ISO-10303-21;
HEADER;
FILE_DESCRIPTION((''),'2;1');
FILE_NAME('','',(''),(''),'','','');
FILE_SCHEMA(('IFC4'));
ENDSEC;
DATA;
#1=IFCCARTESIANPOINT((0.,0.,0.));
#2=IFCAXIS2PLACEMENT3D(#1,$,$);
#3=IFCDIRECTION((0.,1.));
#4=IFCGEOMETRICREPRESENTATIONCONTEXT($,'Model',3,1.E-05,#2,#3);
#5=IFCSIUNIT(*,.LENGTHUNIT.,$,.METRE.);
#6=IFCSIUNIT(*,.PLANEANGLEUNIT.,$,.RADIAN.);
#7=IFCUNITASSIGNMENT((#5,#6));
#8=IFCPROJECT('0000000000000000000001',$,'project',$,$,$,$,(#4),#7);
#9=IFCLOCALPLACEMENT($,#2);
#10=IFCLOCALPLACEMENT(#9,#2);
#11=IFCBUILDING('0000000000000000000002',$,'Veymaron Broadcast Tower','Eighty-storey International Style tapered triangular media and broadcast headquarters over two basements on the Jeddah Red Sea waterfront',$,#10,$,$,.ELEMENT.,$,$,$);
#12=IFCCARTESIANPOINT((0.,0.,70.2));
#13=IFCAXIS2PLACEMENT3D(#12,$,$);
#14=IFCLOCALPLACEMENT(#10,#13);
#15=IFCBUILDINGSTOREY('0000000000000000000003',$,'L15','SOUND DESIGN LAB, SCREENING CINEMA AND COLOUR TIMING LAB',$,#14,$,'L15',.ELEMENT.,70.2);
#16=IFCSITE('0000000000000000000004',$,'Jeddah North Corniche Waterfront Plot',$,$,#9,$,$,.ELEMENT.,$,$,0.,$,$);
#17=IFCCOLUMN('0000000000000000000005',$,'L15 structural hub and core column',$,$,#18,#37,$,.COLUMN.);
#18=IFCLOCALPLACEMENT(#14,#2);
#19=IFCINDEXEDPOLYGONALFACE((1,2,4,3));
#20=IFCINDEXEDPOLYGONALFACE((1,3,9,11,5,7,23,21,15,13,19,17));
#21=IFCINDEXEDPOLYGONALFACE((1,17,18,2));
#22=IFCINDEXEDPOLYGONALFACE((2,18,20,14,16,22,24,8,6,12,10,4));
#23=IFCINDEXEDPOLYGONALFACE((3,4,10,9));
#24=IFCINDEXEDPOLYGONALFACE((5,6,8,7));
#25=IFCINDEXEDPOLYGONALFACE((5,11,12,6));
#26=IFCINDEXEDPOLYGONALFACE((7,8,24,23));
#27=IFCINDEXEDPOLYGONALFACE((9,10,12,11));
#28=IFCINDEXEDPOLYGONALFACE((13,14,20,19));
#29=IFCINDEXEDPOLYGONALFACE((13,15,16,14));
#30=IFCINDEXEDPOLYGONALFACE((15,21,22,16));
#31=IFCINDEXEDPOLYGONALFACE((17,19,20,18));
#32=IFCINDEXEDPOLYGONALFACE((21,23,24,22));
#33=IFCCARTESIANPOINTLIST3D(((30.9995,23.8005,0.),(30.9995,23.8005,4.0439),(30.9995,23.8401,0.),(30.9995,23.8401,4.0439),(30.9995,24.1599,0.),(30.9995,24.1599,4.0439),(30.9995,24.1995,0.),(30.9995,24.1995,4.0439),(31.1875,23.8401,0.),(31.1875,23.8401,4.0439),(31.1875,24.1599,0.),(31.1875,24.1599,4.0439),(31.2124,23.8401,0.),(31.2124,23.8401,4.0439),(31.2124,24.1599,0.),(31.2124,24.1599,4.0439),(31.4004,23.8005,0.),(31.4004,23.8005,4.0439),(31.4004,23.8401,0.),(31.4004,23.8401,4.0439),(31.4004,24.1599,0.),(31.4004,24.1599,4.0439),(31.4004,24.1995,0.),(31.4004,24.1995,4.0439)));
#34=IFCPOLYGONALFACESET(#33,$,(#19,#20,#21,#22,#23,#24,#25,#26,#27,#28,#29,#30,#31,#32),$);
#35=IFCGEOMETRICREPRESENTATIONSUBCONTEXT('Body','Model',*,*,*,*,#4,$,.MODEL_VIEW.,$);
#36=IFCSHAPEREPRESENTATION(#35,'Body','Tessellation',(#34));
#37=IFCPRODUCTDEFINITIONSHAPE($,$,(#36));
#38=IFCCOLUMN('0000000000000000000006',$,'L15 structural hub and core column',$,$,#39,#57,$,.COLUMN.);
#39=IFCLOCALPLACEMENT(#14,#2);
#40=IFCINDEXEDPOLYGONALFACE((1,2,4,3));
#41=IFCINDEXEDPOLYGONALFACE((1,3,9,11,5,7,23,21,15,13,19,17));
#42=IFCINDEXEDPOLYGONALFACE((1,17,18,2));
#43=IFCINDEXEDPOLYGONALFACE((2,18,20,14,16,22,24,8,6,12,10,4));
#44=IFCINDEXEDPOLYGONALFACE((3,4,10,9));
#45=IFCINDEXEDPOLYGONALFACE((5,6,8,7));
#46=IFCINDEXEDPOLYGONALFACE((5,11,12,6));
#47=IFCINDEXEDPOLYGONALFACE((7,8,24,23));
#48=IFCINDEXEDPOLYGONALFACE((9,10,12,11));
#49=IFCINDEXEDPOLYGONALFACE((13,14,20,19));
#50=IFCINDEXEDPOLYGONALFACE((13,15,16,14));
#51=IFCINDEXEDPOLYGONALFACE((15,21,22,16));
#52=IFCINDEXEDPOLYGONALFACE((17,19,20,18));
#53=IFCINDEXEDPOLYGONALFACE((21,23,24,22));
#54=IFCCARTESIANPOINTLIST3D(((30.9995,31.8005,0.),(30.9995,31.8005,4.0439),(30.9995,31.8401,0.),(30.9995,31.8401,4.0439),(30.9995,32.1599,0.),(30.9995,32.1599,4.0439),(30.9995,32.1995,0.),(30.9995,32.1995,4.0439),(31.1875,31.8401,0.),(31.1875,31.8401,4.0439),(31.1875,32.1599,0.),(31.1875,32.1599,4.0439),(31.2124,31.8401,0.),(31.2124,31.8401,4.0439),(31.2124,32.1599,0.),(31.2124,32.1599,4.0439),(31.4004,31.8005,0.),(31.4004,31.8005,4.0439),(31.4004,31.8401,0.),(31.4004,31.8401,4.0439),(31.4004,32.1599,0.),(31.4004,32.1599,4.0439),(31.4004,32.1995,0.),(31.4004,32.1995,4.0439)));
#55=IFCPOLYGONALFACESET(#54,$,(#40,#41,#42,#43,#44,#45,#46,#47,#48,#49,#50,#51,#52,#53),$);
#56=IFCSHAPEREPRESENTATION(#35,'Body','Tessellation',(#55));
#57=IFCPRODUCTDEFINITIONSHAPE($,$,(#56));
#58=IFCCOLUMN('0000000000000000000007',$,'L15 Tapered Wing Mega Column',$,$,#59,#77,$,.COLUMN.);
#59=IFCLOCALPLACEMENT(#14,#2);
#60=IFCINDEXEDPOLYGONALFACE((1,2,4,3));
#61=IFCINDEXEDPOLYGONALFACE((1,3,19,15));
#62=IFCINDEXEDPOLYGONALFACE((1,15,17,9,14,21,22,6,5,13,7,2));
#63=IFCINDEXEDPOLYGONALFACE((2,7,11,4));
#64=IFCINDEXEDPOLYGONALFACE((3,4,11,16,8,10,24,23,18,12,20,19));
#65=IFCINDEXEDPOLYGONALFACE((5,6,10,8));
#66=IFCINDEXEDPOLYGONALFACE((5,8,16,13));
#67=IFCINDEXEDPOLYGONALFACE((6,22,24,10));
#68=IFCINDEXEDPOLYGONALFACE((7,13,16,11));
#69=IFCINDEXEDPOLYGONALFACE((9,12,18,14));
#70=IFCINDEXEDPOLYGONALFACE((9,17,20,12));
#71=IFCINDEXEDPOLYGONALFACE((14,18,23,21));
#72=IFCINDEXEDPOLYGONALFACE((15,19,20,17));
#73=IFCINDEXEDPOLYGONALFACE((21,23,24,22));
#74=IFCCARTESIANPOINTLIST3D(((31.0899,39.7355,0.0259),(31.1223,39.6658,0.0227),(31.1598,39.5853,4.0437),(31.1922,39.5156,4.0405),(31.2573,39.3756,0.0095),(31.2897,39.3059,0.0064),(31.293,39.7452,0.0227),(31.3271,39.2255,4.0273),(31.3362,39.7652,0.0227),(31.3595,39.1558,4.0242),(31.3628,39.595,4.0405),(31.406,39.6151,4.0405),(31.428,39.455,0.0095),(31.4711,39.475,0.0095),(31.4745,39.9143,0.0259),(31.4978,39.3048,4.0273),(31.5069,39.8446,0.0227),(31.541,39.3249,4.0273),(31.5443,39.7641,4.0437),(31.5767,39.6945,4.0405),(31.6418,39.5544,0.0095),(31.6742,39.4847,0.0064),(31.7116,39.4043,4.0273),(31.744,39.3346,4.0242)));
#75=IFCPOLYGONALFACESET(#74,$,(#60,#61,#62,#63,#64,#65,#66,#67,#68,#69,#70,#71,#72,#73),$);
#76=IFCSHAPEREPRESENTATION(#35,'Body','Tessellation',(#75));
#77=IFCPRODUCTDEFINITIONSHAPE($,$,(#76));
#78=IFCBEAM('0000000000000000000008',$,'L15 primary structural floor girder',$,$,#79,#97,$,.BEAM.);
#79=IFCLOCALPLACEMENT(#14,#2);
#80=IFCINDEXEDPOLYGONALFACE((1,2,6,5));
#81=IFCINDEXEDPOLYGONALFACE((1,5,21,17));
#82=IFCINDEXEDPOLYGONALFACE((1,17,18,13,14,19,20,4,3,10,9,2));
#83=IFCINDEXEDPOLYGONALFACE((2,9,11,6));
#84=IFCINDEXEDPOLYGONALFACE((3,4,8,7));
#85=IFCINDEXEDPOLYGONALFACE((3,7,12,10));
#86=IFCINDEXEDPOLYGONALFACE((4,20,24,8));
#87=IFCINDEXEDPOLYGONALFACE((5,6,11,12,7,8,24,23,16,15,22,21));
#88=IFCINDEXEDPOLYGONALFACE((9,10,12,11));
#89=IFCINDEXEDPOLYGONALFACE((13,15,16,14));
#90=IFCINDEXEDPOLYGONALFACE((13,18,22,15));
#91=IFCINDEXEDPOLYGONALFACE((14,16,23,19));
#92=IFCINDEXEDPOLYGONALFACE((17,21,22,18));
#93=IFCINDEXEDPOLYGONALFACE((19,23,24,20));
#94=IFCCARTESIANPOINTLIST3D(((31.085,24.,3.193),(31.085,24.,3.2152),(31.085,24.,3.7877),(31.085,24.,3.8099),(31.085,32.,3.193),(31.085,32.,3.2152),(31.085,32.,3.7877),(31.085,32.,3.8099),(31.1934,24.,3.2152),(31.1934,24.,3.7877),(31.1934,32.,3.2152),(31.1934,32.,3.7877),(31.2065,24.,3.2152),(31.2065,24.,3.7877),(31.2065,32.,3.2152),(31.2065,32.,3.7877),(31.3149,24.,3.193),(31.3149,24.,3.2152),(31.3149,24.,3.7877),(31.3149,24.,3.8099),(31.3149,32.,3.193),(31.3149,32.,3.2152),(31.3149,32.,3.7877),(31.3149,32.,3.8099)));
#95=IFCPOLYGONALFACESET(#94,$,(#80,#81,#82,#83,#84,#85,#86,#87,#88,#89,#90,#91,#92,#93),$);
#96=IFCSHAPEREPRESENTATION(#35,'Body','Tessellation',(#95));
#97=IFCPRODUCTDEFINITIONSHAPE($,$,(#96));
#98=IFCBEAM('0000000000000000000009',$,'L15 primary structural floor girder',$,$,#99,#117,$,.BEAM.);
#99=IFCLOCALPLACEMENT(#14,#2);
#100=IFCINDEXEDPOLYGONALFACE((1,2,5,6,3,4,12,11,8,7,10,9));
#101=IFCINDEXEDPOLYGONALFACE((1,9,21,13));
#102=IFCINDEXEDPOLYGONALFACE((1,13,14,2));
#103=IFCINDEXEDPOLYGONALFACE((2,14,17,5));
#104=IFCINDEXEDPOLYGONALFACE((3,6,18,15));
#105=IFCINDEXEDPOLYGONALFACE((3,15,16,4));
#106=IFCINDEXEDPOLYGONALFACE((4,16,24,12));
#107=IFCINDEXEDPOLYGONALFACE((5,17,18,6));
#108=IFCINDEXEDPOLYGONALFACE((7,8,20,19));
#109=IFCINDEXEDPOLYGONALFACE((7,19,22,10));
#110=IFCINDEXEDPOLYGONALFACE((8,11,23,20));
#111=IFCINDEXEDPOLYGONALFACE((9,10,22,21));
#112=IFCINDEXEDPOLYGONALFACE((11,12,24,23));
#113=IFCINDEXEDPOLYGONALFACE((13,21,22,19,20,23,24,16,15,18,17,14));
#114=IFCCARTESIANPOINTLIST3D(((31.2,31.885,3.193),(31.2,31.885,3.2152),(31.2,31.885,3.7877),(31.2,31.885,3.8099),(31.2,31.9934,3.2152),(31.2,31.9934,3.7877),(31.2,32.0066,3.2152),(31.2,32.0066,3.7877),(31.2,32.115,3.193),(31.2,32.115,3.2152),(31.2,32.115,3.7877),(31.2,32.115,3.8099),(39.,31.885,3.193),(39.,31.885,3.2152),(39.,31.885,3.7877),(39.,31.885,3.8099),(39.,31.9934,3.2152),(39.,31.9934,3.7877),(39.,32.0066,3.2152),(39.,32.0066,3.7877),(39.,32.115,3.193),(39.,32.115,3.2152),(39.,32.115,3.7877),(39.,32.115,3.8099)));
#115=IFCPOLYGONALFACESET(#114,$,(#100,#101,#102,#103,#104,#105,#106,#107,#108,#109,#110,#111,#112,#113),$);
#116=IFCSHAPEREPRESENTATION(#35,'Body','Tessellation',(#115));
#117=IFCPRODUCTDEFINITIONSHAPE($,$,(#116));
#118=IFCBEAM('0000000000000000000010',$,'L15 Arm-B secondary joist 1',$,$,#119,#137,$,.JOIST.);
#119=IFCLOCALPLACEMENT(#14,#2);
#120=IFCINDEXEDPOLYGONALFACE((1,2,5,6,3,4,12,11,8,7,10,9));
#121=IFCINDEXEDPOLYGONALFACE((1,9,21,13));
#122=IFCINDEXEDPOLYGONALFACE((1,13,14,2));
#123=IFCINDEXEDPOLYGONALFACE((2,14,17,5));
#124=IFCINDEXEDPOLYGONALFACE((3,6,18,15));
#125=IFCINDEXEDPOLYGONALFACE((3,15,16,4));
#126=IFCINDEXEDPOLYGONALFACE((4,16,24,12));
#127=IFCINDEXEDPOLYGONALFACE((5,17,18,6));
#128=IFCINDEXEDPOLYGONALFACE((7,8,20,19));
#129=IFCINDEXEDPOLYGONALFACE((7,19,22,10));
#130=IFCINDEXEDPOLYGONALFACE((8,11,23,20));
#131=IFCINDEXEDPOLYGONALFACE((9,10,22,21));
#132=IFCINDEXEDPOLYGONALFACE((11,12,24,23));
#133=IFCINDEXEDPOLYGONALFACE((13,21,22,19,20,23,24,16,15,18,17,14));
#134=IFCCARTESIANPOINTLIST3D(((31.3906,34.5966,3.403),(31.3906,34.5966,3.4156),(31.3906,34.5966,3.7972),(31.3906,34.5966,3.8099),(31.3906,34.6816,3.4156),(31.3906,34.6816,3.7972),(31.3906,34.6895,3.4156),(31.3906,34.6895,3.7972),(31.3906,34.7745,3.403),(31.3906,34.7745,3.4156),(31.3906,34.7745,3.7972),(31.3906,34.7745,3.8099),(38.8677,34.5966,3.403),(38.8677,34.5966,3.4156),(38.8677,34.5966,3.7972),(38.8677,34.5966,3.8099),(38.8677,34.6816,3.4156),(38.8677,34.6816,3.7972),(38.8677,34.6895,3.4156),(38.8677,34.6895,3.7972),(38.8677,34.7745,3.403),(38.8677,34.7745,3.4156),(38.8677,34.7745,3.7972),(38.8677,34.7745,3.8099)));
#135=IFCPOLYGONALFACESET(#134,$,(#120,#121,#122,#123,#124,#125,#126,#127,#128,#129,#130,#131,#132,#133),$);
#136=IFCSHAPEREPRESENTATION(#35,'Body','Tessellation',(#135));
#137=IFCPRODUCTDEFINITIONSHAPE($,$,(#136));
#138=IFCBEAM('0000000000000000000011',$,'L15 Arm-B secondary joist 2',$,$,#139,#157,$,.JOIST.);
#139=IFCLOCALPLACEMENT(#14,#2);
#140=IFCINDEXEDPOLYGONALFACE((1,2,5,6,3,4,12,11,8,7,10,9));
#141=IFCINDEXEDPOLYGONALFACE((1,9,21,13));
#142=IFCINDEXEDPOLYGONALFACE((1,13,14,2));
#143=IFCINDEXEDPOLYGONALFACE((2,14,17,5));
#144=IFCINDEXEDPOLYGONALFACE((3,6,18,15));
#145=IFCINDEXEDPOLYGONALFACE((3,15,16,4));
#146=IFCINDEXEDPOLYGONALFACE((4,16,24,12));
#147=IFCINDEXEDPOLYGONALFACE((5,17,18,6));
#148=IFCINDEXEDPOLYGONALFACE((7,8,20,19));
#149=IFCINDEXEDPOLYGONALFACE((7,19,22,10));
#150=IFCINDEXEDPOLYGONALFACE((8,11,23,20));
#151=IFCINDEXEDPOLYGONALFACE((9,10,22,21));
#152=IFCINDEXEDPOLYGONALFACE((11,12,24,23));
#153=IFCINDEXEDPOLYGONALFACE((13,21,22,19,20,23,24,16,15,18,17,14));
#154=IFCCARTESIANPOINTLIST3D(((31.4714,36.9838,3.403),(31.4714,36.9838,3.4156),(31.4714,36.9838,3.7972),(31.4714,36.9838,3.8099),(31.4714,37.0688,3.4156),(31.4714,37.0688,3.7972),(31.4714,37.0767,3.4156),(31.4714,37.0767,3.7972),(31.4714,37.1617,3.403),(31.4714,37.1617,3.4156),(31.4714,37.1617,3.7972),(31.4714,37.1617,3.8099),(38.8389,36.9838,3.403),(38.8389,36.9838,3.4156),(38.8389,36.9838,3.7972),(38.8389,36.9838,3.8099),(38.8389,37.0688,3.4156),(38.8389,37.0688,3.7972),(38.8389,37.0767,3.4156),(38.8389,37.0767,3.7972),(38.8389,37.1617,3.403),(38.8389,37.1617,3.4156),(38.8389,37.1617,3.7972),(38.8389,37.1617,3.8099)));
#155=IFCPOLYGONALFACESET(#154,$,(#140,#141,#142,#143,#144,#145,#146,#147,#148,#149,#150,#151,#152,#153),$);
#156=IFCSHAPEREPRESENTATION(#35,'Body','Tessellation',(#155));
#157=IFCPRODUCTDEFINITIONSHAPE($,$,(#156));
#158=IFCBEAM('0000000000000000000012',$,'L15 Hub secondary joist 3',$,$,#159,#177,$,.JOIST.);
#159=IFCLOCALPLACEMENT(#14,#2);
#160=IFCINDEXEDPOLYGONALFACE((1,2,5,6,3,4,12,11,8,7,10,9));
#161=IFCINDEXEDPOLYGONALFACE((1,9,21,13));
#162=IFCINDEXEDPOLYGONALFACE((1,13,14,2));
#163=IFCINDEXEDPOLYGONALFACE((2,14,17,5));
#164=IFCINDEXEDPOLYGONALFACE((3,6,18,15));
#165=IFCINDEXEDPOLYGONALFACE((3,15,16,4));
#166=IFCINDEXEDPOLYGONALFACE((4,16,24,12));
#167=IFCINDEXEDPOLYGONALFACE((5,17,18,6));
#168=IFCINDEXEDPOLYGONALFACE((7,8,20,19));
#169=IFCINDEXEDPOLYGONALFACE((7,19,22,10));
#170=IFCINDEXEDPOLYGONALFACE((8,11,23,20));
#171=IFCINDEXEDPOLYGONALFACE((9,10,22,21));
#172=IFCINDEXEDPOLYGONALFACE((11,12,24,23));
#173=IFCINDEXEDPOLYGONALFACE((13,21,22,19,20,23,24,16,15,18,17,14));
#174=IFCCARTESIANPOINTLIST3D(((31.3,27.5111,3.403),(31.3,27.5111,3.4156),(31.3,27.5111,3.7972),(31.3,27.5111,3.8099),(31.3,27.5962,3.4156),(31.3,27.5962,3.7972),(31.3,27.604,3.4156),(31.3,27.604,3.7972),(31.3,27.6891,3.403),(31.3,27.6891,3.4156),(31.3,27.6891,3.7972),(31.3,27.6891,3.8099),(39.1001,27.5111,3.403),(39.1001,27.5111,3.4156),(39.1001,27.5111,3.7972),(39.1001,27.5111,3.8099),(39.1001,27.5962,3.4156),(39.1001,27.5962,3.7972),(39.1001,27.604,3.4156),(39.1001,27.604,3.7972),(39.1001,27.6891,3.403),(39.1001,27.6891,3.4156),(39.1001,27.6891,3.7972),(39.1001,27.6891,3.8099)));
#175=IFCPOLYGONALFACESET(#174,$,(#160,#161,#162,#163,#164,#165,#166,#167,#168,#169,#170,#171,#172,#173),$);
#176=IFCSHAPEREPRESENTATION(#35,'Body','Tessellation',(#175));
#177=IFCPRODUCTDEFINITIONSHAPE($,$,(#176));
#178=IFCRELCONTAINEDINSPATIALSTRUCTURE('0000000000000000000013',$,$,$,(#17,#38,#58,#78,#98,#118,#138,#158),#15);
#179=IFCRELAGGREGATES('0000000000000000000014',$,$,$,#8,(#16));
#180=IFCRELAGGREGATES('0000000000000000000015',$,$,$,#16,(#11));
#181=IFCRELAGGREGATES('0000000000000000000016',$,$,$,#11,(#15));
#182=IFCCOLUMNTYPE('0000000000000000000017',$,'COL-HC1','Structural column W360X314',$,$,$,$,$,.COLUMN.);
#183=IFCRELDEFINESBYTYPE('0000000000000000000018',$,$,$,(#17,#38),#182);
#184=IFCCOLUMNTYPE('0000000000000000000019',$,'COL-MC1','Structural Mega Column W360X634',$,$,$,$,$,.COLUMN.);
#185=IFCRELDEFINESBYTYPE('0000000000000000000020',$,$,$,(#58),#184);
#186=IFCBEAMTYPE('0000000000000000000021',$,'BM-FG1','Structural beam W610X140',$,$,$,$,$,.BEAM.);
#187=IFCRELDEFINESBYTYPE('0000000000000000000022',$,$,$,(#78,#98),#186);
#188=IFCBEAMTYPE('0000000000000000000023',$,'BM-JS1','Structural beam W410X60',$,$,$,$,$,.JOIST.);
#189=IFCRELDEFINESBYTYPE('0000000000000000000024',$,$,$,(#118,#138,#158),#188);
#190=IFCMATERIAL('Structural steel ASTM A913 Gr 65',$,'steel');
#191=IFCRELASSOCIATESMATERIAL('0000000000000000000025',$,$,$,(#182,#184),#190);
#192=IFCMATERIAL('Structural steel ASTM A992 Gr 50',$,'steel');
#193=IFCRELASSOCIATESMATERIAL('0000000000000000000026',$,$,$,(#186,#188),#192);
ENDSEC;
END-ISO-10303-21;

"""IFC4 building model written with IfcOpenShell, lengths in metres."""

from ifc_helpers import new_model, si_unit, direction, frame, origin, origin_2d, place, context, subcontext, project, spatial, i_section, extrude, material, material_profile, profile_set, type_object, element, save


model = new_model("IFC4")

# Units and contexts
model_context = context("Model", 3, precision=1e-05, world=origin(), true_north=direction((0.0, 1.0)))
body_context = subcontext(model_context, "Body", "Model", "MODEL_VIEW")
ifc_project = project(units=[si_unit("LENGTHUNIT", "METRE"), si_unit("PLANEANGLEUNIT", "RADIAN")], contexts=[model_context])

# Site, building, storey
site_placement = place(None, origin())
site = spatial("IfcSite", under=ifc_project, at=site_placement, Name="Jeddah North Corniche Waterfront Plot", CompositionType="ELEMENT", RefElevation=0.0)
building_placement = place(site_placement, origin())
building = spatial("IfcBuilding", under=site, at=building_placement, Name="Veymaron Broadcast Tower", Description="Eighty-storey International Style tapered triangular media and broadcast headquarters over two basements on the Jeddah Red Sea waterfront", CompositionType="ELEMENT")
storey_placement = place(building_placement, frame((0.0, 0.0, 70.2)))
storey = spatial("IfcBuildingStorey", under=building, at=storey_placement, Name="L15", Description="SOUND DESIGN LAB, SCREENING CINEMA AND COLOUR TIMING LAB", LongName="L15", CompositionType="ELEMENT", Elevation=70.2)

# Columns
ifc_material_1 = material(Name="Structural steel ASTM A913 Gr 65", Category="steel")
ifc_material_profile_1 = material_profile(ifc_material_1, i_section(OverallWidth=0.4009, OverallDepth=0.3989, WebThickness=0.0249, FlangeThickness=0.0396, at=origin_2d()), Name="W360X314")
ifc_profile_set_1 = profile_set([ifc_material_profile_1], Name="Structural steel ASTM A913 Gr 65")
column_type_1 = type_object("IfcColumnType", Name="COL-HC1", Description="Structural column W360X314", PredefinedType="COLUMN", material=ifc_profile_set_1)
for number, where, z_axis, x_axis, name in (
    (1, (31.2, 24.0, 0.0), (0.0, 0.0, 1.0), (1.0, 0.0, 0.0), "L15 structural hub and core column"),
    (2, (31.2, 32.0, 0.0), (0.0, 0.0, 1.0), (1.0, 0.0, 0.0), "L15 structural hub and core column"),
):
    element("IfcColumn", number, at=place(storey_placement, frame(where, z_axis=z_axis, x_axis=x_axis)), inside=storey, type_object=column_type_1, Name=name, PredefinedType="COLUMN", context=body_context, shape_type="SweptSolid", body=[
        extrude(i_section(OverallWidth=0.4009, OverallDepth=0.3989, WebThickness=0.0249, FlangeThickness=0.0396, at=origin_2d()), origin(), (0.0, 0.0, 1.0), 4.0439),
    ])
ifc_material_profile_2 = material_profile(ifc_material_1, i_section(OverallWidth=0.4241, OverallDepth=0.4741, WebThickness=0.0476, FlangeThickness=0.0769, at=origin_2d()), Name="W360X634")
ifc_profile_set_2 = profile_set([ifc_material_profile_2], Name="Structural steel ASTM A913 Gr 65")
column_type_2 = type_object("IfcColumnType", Name="COL-MC1", Description="Structural Mega Column W360X634", PredefinedType="COLUMN", material=ifc_profile_set_2)
column_placement = place(storey_placement, frame((31.3821, 39.6101, 0.0161), z_axis=(0.017364, -0.037338, 0.999152), x_axis=(0.906747, 0.421674, 0.0)))
element("IfcColumn", 3, at=column_placement, inside=storey, type_object=column_type_2, Name="L15 Tapered Wing Mega Column", PredefinedType="COLUMN", context=body_context, shape_type="SweptSolid", body=[
    extrude(i_section(OverallWidth=0.4241, OverallDepth=0.4741, WebThickness=0.0476, FlangeThickness=0.0769, at=origin_2d()), origin(), (0.0, 0.0, 1.0), 4.0212),
])

# Beams
ifc_material_2 = material(Name="Structural steel ASTM A992 Gr 50", Category="steel")
ifc_material_profile_3 = material_profile(ifc_material_2, i_section(OverallWidth=0.23, OverallDepth=0.6169, WebThickness=0.0132, FlangeThickness=0.0222, at=origin_2d()), Name="W610X140")
ifc_profile_set_3 = profile_set([ifc_material_profile_3], Name="Structural steel ASTM A992 Gr 50")
beam_type_1 = type_object("IfcBeamType", Name="BM-FG1", Description="Structural beam W610X140", PredefinedType="BEAM", material=ifc_profile_set_3)
beam_1_placement = place(storey_placement, frame((31.2, 24.0, 3.5015), z_axis=(0.0, 1.0, 0.0), x_axis=(-1.0, 0.0, 0.0)))
element("IfcBeam", 4, at=beam_1_placement, inside=storey, type_object=beam_type_1, Name="L15 primary structural floor girder", PredefinedType="BEAM", context=body_context, shape_type="SweptSolid", body=[
    extrude(i_section(OverallWidth=0.23, OverallDepth=0.6169, WebThickness=0.0132, FlangeThickness=0.0222, at=origin_2d()), origin(), (0.0, 0.0, 1.0), 8.0),
])
beam_2_placement = place(storey_placement, frame((31.2, 32.0, 3.5015), z_axis=(1.0, 0.0, 0.0), x_axis=(0.0, 1.0, 0.0)))
element("IfcBeam", 5, at=beam_2_placement, inside=storey, type_object=beam_type_1, Name="L15 primary structural floor girder", PredefinedType="BEAM", context=body_context, shape_type="SweptSolid", body=[
    extrude(i_section(OverallWidth=0.23, OverallDepth=0.6169, WebThickness=0.0132, FlangeThickness=0.0222, at=origin_2d()), origin(), (0.0, 0.0, 1.0), 7.8),
])
ifc_material_profile_4 = material_profile(ifc_material_2, i_section(OverallWidth=0.178, OverallDepth=0.407, WebThickness=0.0078, FlangeThickness=0.0127, at=origin_2d()), Name="W410X60")
ifc_profile_set_4 = profile_set([ifc_material_profile_4], Name="Structural steel ASTM A992 Gr 50")
beam_type_2 = type_object("IfcBeamType", Name="BM-JS1", Description="Structural beam W410X60", PredefinedType="JOIST", material=ifc_profile_set_4)
beam_3_placement = place(storey_placement, frame((31.3906, 34.6855, 3.6064), z_axis=(1.0, 0.0, 0.0), x_axis=(0.0, 1.0, 0.0)))
element("IfcBeam", 6, at=beam_3_placement, inside=storey, type_object=beam_type_2, Name="L15 Arm-B secondary joist 1", PredefinedType="JOIST", context=body_context, shape_type="SweptSolid", body=[
    extrude(i_section(OverallWidth=0.178, OverallDepth=0.407, WebThickness=0.0078, FlangeThickness=0.0127, at=origin_2d()), origin(), (0.0, 0.0, 1.0), 7.4771),
])
beam_4_placement = place(storey_placement, frame((31.4714, 37.0728, 3.6064), z_axis=(1.0, 0.0, 0.0), x_axis=(0.0, 1.0, 0.0)))
element("IfcBeam", 7, at=beam_4_placement, inside=storey, type_object=beam_type_2, Name="L15 Arm-B secondary joist 2", PredefinedType="JOIST", context=body_context, shape_type="SweptSolid", body=[
    extrude(i_section(OverallWidth=0.178, OverallDepth=0.407, WebThickness=0.0078, FlangeThickness=0.0127, at=origin_2d()), origin(), (0.0, 0.0, 1.0), 7.3674),
])
for number, where, z_axis, x_axis, name in (
    (8, (31.3, 27.6001, 3.6064), (1.0, 0.0, 0.0), (0.0, 1.0, 0.0), "L15 Hub secondary joist 3"),
):
    element("IfcBeam", number, at=place(storey_placement, frame(where, z_axis=z_axis, x_axis=x_axis)), inside=storey, type_object=beam_type_2, Name=name, PredefinedType="JOIST", context=body_context, shape_type="SweptSolid", body=[
        extrude(i_section(OverallWidth=0.178, OverallDepth=0.407, WebThickness=0.0078, FlangeThickness=0.0127, at=origin_2d()), origin(), (0.0, 0.0, 1.0), 7.8),
    ])

save(model, "model.ifc")
